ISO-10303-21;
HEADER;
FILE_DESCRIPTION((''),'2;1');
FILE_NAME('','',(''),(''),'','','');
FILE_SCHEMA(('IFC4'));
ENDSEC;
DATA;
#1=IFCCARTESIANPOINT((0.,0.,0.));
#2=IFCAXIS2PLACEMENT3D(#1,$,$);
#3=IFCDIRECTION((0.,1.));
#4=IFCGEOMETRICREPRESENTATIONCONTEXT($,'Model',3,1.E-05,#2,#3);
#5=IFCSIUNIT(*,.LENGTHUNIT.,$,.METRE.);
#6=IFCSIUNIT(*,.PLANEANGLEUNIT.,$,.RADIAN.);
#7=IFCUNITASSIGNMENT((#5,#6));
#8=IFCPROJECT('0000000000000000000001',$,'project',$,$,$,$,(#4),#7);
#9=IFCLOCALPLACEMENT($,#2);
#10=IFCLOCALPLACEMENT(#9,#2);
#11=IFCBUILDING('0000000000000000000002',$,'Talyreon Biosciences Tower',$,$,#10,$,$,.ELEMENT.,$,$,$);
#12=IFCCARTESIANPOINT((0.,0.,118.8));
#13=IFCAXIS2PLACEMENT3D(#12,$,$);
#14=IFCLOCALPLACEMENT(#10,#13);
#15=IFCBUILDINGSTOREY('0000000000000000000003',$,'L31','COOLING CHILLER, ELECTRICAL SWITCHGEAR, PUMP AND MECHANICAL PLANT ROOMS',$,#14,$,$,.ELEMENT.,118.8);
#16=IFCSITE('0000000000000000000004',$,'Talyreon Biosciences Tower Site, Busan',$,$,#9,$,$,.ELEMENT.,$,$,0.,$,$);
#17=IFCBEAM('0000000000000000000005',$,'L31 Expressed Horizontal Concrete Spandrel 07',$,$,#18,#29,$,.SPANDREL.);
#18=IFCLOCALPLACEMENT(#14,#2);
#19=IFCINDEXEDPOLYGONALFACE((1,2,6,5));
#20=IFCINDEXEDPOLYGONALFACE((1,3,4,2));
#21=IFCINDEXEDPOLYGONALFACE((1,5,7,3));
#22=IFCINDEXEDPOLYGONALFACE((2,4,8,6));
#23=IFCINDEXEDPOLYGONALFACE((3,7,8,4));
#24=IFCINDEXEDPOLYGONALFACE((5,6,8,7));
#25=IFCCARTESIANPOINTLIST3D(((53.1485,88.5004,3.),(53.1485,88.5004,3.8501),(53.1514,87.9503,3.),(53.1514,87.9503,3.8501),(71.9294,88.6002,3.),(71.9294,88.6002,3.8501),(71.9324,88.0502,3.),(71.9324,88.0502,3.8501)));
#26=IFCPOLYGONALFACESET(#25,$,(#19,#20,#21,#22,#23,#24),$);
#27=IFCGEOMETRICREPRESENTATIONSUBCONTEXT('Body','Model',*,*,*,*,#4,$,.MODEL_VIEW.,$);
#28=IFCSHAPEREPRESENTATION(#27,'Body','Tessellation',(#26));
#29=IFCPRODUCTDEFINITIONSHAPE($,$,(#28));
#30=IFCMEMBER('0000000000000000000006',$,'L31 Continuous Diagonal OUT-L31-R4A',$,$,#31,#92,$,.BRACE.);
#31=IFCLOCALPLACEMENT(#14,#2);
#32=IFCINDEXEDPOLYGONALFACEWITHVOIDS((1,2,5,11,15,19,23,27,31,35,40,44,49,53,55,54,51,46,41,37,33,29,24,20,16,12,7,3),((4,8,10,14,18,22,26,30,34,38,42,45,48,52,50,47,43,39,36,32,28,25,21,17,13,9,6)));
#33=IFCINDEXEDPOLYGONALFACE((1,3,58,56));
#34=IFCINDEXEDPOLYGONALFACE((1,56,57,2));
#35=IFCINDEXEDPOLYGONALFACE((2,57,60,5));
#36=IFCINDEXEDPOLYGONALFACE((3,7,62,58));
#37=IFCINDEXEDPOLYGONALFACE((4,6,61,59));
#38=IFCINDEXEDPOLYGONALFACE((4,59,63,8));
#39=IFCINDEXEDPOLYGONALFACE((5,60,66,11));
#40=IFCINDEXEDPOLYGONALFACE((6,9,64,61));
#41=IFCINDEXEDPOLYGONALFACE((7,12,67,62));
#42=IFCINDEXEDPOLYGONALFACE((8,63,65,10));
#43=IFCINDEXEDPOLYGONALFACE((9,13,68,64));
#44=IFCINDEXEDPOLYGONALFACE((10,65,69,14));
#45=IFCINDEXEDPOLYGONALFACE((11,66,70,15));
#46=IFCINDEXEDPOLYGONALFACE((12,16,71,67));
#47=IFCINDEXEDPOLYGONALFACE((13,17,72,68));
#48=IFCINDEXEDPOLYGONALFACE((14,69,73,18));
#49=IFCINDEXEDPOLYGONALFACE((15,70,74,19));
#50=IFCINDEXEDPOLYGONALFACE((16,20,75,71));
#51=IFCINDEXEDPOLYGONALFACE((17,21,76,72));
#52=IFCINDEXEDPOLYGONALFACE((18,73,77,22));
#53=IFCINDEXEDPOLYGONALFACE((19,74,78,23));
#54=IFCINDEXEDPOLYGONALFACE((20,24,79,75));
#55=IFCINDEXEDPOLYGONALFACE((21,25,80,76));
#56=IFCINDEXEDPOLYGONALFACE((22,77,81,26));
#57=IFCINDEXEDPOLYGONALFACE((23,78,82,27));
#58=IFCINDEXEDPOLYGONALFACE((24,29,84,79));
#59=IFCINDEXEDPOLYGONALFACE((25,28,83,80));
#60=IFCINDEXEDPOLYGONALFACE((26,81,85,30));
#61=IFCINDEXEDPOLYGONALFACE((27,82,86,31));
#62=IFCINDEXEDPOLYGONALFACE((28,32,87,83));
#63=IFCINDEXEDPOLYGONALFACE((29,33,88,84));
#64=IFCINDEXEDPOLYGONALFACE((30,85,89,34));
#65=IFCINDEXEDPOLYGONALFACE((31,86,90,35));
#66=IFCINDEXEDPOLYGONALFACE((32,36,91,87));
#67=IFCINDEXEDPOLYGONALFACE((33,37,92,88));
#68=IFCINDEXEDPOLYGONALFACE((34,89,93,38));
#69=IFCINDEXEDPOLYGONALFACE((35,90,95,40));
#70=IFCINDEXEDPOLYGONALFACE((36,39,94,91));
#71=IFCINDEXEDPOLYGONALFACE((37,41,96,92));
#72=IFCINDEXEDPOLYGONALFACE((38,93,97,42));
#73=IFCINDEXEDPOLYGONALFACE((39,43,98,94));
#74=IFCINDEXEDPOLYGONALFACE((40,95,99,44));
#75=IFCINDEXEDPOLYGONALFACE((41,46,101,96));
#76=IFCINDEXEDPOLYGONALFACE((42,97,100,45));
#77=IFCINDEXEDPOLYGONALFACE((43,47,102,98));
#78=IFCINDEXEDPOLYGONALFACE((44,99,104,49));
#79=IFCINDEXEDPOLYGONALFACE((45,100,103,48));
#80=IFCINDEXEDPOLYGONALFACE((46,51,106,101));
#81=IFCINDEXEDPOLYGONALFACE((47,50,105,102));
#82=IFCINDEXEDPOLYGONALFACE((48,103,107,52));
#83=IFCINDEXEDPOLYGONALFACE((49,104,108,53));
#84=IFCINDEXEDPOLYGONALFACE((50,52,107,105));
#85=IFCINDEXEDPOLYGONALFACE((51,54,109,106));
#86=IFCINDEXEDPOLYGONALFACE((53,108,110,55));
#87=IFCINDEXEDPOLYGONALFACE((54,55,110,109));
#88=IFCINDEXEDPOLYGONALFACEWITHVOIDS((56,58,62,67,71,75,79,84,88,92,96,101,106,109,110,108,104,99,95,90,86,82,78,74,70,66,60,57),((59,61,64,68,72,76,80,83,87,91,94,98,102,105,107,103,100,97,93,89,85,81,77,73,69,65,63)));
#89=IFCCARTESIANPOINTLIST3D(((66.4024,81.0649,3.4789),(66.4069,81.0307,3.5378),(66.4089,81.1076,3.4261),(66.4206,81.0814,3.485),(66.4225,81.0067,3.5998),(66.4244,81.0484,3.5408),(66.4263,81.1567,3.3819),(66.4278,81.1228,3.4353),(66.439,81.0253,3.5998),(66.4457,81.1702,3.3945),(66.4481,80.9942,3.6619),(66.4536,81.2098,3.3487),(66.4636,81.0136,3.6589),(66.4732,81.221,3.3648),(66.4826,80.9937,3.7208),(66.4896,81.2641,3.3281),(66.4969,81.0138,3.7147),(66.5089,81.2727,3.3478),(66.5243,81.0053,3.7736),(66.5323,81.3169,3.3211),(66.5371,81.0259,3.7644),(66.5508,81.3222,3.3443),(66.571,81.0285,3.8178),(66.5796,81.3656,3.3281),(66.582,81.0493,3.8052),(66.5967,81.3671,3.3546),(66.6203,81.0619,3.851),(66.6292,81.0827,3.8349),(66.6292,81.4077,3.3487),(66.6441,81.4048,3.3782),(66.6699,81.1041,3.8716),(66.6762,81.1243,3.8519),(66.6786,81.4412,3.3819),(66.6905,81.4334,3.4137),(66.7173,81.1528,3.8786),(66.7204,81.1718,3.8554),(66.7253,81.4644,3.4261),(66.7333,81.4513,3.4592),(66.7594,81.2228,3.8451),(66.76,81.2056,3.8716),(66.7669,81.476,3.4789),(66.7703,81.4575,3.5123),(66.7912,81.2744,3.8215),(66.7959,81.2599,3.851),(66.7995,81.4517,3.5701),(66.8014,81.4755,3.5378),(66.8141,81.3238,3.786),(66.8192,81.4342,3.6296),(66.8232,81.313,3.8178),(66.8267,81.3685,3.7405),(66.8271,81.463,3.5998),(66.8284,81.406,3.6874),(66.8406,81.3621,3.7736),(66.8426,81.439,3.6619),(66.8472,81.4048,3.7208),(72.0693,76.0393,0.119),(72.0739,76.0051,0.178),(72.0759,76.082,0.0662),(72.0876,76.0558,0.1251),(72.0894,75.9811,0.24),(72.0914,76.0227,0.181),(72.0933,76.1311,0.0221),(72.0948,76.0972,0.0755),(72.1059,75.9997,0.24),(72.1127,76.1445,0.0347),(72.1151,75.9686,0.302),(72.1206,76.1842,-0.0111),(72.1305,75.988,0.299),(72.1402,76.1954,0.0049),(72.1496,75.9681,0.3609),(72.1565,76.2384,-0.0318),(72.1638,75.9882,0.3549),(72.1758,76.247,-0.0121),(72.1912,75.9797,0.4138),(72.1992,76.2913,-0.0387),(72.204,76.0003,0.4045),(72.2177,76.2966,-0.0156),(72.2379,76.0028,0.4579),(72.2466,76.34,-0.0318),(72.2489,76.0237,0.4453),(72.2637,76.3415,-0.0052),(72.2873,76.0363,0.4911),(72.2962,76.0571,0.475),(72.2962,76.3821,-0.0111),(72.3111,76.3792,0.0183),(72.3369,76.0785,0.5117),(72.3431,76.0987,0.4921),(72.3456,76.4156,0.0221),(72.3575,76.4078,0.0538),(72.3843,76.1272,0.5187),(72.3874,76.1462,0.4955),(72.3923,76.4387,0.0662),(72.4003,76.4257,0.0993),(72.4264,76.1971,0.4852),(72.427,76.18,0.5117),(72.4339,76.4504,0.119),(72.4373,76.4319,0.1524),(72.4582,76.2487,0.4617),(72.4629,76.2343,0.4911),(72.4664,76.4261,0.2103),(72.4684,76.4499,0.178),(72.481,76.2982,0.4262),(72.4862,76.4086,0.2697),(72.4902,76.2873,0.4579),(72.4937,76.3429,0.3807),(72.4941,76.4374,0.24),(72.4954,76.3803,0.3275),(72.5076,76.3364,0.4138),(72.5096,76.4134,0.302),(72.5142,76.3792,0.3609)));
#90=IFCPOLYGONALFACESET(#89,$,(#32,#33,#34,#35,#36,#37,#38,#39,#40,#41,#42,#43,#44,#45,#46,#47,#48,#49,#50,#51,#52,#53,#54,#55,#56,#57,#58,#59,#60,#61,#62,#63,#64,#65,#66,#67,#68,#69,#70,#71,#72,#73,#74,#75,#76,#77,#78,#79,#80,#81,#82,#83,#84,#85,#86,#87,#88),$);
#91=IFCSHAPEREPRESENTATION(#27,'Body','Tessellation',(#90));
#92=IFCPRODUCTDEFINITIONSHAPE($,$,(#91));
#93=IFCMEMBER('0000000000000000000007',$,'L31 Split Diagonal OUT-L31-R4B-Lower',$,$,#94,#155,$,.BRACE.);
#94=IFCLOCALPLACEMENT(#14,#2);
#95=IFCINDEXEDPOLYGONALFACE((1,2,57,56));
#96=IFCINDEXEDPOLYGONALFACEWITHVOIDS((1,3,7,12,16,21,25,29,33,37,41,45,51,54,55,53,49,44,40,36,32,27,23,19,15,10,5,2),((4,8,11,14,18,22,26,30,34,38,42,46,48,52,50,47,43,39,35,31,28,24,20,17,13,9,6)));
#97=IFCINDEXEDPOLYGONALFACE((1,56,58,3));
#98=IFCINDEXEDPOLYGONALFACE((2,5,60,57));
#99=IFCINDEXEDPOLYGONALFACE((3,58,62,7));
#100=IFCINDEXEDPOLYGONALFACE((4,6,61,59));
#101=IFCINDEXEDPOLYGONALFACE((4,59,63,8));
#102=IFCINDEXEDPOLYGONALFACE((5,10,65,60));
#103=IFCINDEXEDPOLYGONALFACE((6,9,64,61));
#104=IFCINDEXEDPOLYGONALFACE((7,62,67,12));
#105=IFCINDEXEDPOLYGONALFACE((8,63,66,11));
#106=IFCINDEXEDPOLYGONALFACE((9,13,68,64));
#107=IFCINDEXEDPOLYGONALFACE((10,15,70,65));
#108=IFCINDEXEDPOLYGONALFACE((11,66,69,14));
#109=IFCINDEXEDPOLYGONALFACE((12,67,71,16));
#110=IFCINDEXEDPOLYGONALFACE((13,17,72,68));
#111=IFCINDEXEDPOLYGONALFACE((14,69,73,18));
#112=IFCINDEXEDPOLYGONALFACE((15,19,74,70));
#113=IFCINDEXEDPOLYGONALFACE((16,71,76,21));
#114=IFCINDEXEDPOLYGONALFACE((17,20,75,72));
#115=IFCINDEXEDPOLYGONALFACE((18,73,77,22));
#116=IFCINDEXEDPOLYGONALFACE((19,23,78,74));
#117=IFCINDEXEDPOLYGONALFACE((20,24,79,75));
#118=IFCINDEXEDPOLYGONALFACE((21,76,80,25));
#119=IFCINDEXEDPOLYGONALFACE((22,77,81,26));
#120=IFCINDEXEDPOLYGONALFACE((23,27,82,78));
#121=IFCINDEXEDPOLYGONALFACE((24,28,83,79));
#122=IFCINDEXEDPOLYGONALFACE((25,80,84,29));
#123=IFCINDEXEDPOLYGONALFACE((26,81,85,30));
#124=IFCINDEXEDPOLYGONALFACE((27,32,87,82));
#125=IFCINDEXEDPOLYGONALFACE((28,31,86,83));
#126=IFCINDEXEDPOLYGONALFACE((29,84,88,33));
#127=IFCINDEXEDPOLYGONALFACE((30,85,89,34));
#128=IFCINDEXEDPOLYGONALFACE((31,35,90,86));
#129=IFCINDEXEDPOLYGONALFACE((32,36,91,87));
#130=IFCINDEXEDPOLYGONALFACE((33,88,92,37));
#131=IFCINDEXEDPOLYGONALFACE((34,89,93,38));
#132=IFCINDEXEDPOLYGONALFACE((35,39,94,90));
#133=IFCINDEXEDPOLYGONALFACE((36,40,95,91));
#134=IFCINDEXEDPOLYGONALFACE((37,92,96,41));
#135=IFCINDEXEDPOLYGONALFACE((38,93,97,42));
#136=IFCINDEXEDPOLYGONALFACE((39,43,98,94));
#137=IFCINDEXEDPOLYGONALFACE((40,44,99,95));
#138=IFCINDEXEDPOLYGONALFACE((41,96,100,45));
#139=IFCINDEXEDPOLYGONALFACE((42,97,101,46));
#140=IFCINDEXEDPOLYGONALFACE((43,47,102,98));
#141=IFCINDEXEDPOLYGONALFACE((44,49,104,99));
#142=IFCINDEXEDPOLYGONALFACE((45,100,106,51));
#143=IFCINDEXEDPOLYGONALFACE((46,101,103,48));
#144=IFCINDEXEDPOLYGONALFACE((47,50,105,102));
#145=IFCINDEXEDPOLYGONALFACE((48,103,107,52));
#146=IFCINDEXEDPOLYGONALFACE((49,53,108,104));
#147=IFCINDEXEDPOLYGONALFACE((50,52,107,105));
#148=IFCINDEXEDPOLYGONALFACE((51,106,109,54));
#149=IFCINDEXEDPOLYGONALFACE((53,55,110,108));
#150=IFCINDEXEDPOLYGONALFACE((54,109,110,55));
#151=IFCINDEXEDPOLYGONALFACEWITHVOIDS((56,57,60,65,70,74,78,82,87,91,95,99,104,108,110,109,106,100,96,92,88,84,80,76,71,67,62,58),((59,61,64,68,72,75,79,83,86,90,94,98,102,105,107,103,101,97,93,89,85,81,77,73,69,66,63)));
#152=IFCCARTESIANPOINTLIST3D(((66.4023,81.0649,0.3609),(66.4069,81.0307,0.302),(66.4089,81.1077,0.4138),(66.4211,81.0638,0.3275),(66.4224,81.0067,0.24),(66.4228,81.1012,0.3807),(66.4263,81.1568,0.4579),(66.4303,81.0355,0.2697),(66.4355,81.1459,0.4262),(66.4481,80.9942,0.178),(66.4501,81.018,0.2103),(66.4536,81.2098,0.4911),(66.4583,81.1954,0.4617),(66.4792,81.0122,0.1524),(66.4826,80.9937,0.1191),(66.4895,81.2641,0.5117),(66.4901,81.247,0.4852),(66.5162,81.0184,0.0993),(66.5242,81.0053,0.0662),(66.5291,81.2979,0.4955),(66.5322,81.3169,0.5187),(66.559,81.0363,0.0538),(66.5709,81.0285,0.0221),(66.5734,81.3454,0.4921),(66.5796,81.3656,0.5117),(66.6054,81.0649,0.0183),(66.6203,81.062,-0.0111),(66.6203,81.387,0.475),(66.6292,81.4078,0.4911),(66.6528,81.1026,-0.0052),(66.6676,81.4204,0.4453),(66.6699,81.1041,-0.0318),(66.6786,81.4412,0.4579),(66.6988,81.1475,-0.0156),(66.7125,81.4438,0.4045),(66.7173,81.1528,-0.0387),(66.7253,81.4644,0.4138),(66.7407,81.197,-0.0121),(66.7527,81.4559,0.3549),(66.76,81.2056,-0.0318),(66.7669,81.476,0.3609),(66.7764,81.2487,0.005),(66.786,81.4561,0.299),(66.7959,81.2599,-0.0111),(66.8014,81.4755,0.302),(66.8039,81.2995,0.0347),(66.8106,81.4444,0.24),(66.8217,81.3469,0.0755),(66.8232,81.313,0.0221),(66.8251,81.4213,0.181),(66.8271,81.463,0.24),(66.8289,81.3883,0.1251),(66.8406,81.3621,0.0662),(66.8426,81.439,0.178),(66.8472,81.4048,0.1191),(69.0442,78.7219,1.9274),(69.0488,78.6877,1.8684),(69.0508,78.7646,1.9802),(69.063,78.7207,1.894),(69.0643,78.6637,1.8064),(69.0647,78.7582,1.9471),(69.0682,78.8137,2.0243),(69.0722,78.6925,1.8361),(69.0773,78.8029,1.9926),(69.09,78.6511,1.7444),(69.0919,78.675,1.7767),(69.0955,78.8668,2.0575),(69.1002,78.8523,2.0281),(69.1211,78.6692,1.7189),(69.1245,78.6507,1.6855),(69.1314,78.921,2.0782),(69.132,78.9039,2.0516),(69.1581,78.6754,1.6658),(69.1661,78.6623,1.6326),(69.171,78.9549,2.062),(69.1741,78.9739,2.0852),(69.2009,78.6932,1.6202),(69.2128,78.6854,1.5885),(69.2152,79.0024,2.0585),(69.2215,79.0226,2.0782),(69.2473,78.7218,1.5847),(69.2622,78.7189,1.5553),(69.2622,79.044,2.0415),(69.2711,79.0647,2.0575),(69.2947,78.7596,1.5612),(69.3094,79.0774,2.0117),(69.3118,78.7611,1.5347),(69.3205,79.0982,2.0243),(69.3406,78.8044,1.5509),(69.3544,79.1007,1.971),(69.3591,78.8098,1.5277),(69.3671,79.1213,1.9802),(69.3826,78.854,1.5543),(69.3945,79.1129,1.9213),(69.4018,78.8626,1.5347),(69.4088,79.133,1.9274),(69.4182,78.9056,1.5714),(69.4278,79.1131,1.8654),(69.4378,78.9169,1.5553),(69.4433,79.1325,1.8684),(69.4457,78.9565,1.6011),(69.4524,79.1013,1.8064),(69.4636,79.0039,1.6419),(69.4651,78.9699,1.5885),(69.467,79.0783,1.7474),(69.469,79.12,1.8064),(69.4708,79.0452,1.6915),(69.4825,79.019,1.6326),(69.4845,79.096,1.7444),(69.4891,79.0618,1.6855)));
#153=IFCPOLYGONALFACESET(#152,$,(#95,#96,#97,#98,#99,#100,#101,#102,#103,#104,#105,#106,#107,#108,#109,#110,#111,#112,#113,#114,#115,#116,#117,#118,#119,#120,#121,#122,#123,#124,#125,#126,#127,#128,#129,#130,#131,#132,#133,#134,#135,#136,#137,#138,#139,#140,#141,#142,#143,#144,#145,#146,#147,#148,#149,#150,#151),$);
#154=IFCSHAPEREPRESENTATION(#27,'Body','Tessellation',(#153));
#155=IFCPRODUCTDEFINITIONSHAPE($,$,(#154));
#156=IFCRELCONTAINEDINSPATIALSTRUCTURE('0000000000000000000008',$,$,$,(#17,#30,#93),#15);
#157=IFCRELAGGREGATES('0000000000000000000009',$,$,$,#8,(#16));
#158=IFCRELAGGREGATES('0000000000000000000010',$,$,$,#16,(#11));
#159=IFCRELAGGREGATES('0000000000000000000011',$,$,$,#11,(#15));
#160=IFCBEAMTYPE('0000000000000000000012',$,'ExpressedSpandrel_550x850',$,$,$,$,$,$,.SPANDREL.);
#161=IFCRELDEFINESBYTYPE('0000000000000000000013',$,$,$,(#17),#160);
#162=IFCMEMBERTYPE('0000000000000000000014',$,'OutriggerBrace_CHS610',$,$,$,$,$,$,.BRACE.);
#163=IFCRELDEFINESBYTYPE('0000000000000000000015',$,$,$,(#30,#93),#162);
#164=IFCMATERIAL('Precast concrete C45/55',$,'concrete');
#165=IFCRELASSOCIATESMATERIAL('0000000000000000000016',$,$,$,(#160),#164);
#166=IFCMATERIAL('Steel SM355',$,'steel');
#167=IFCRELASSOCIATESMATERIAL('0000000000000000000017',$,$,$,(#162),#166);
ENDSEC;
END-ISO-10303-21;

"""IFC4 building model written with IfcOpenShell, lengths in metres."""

from ifc_helpers import new_model, si_unit, direction, frame, origin, origin_2d, place, context, subcontext, project, spatial, rectangle, hollow_circle, extrude, material, material_profile, profile_set, type_object, element, save


model = new_model("IFC4")

# Units and contexts
model_context = context("Model", 3, precision=1e-05, world=origin(), true_north=direction((0.0, 1.0)))
body_context = subcontext(model_context, "Body", "Model", "MODEL_VIEW")
ifc_project = project(units=[si_unit("LENGTHUNIT", "METRE"), si_unit("PLANEANGLEUNIT", "RADIAN")], contexts=[model_context])

# Site, building, storey
site_placement = place(None, origin())
site = spatial("IfcSite", under=ifc_project, at=site_placement, Name="Talyreon Biosciences Tower Site, Busan", CompositionType="ELEMENT", RefElevation=0.0)
building_placement = place(site_placement, origin())
building = spatial("IfcBuilding", under=site, at=building_placement, Name="Talyreon Biosciences Tower", CompositionType="ELEMENT")
storey_placement = place(building_placement, frame((0.0, 0.0, 118.8)))
storey = spatial("IfcBuildingStorey", under=building, at=storey_placement, Name="L31", Description="COOLING CHILLER, ELECTRICAL SWITCHGEAR, PUMP AND MECHANICAL PLANT ROOMS", CompositionType="ELEMENT", Elevation=118.8)

# Shared definitions
ifc_material_1 = material(Name="Precast concrete C45/55", Category="concrete")

# Shared definitions
ifc_material_2 = material(Name="Steel SM355", Category="steel")

# Beam
ifc_material_profile_1 = material_profile(ifc_material_1, rectangle(XDim=0.55, YDim=0.8501, at=origin_2d()), Name="RCB 550x850")
ifc_profile_set_1 = profile_set([ifc_material_profile_1], Name="Precast concrete C45/55")
beam_type_1 = type_object("IfcBeamType", Name="ExpressedSpandrel_550x850", PredefinedType="SPANDREL", material=ifc_profile_set_1)
beam_1_placement = place(storey_placement, frame((71.9309, 88.3252, 3.425), z_axis=(-0.999986, -0.005317, 0.0), x_axis=(0.005317, -0.999986, 0.0)))
element("IfcBeam", 1, at=beam_1_placement, inside=storey, type_object=beam_type_1, Name="L31 Expressed Horizontal Concrete Spandrel 07", PredefinedType="SPANDREL", context=body_context, shape_type="SweptSolid", body=[
    extrude(rectangle(XDim=0.55, YDim=0.8501, at=origin_2d()), origin(), (0.0, 0.0, 1.0), 18.7812),
])

# Members
ifc_material_profile_2 = material_profile(ifc_material_2, hollow_circle(Radius=0.3049, WallThickness=0.0249, at=origin_2d()), Name="CHS 610x25")
ifc_profile_set_2 = profile_set([ifc_material_profile_2], Name="Steel SM355")
member_type_1 = type_object("IfcMemberType", Name="OutriggerBrace_CHS610", PredefinedType="BRACE", material=ifc_profile_set_2)
member_1_placement = place(storey_placement, frame((72.2917, 76.2092, 0.24), z_axis=(-0.68391, 0.606509, 0.405479), x_axis=(-0.663501, -0.748175, 0.0)))
element("IfcMember", 2, at=member_1_placement, inside=storey, type_object=member_type_1, Name="L31 Continuous Diagonal OUT-L31-R4A", PredefinedType="BRACE", context=body_context, shape_type="SweptSolid", body=[
    extrude(hollow_circle(Radius=0.3049, WallThickness=0.0249, at=origin_2d()), origin(), (0.0, 0.0, 1.0), 8.2861),
])
for number, where, z_axis, x_axis, name in (
    (3, (66.6248, 81.2349, 0.24), (0.683886, -0.606529, 0.40549), (0.663527, 0.748153, 0.0), "L31 Split Diagonal OUT-L31-R4B-Lower"),
):
    element("IfcMember", number, at=place(storey_placement, frame(where, z_axis=z_axis, x_axis=x_axis)), inside=storey, type_object=member_type_1, Name=name, PredefinedType="BRACE", context=body_context, shape_type="SweptSolid", body=[
        extrude(hollow_circle(Radius=0.3049, WallThickness=0.0249, at=origin_2d()), origin(), (0.0, 0.0, 1.0), 3.863),
    ])

save(model, "model.ifc")
